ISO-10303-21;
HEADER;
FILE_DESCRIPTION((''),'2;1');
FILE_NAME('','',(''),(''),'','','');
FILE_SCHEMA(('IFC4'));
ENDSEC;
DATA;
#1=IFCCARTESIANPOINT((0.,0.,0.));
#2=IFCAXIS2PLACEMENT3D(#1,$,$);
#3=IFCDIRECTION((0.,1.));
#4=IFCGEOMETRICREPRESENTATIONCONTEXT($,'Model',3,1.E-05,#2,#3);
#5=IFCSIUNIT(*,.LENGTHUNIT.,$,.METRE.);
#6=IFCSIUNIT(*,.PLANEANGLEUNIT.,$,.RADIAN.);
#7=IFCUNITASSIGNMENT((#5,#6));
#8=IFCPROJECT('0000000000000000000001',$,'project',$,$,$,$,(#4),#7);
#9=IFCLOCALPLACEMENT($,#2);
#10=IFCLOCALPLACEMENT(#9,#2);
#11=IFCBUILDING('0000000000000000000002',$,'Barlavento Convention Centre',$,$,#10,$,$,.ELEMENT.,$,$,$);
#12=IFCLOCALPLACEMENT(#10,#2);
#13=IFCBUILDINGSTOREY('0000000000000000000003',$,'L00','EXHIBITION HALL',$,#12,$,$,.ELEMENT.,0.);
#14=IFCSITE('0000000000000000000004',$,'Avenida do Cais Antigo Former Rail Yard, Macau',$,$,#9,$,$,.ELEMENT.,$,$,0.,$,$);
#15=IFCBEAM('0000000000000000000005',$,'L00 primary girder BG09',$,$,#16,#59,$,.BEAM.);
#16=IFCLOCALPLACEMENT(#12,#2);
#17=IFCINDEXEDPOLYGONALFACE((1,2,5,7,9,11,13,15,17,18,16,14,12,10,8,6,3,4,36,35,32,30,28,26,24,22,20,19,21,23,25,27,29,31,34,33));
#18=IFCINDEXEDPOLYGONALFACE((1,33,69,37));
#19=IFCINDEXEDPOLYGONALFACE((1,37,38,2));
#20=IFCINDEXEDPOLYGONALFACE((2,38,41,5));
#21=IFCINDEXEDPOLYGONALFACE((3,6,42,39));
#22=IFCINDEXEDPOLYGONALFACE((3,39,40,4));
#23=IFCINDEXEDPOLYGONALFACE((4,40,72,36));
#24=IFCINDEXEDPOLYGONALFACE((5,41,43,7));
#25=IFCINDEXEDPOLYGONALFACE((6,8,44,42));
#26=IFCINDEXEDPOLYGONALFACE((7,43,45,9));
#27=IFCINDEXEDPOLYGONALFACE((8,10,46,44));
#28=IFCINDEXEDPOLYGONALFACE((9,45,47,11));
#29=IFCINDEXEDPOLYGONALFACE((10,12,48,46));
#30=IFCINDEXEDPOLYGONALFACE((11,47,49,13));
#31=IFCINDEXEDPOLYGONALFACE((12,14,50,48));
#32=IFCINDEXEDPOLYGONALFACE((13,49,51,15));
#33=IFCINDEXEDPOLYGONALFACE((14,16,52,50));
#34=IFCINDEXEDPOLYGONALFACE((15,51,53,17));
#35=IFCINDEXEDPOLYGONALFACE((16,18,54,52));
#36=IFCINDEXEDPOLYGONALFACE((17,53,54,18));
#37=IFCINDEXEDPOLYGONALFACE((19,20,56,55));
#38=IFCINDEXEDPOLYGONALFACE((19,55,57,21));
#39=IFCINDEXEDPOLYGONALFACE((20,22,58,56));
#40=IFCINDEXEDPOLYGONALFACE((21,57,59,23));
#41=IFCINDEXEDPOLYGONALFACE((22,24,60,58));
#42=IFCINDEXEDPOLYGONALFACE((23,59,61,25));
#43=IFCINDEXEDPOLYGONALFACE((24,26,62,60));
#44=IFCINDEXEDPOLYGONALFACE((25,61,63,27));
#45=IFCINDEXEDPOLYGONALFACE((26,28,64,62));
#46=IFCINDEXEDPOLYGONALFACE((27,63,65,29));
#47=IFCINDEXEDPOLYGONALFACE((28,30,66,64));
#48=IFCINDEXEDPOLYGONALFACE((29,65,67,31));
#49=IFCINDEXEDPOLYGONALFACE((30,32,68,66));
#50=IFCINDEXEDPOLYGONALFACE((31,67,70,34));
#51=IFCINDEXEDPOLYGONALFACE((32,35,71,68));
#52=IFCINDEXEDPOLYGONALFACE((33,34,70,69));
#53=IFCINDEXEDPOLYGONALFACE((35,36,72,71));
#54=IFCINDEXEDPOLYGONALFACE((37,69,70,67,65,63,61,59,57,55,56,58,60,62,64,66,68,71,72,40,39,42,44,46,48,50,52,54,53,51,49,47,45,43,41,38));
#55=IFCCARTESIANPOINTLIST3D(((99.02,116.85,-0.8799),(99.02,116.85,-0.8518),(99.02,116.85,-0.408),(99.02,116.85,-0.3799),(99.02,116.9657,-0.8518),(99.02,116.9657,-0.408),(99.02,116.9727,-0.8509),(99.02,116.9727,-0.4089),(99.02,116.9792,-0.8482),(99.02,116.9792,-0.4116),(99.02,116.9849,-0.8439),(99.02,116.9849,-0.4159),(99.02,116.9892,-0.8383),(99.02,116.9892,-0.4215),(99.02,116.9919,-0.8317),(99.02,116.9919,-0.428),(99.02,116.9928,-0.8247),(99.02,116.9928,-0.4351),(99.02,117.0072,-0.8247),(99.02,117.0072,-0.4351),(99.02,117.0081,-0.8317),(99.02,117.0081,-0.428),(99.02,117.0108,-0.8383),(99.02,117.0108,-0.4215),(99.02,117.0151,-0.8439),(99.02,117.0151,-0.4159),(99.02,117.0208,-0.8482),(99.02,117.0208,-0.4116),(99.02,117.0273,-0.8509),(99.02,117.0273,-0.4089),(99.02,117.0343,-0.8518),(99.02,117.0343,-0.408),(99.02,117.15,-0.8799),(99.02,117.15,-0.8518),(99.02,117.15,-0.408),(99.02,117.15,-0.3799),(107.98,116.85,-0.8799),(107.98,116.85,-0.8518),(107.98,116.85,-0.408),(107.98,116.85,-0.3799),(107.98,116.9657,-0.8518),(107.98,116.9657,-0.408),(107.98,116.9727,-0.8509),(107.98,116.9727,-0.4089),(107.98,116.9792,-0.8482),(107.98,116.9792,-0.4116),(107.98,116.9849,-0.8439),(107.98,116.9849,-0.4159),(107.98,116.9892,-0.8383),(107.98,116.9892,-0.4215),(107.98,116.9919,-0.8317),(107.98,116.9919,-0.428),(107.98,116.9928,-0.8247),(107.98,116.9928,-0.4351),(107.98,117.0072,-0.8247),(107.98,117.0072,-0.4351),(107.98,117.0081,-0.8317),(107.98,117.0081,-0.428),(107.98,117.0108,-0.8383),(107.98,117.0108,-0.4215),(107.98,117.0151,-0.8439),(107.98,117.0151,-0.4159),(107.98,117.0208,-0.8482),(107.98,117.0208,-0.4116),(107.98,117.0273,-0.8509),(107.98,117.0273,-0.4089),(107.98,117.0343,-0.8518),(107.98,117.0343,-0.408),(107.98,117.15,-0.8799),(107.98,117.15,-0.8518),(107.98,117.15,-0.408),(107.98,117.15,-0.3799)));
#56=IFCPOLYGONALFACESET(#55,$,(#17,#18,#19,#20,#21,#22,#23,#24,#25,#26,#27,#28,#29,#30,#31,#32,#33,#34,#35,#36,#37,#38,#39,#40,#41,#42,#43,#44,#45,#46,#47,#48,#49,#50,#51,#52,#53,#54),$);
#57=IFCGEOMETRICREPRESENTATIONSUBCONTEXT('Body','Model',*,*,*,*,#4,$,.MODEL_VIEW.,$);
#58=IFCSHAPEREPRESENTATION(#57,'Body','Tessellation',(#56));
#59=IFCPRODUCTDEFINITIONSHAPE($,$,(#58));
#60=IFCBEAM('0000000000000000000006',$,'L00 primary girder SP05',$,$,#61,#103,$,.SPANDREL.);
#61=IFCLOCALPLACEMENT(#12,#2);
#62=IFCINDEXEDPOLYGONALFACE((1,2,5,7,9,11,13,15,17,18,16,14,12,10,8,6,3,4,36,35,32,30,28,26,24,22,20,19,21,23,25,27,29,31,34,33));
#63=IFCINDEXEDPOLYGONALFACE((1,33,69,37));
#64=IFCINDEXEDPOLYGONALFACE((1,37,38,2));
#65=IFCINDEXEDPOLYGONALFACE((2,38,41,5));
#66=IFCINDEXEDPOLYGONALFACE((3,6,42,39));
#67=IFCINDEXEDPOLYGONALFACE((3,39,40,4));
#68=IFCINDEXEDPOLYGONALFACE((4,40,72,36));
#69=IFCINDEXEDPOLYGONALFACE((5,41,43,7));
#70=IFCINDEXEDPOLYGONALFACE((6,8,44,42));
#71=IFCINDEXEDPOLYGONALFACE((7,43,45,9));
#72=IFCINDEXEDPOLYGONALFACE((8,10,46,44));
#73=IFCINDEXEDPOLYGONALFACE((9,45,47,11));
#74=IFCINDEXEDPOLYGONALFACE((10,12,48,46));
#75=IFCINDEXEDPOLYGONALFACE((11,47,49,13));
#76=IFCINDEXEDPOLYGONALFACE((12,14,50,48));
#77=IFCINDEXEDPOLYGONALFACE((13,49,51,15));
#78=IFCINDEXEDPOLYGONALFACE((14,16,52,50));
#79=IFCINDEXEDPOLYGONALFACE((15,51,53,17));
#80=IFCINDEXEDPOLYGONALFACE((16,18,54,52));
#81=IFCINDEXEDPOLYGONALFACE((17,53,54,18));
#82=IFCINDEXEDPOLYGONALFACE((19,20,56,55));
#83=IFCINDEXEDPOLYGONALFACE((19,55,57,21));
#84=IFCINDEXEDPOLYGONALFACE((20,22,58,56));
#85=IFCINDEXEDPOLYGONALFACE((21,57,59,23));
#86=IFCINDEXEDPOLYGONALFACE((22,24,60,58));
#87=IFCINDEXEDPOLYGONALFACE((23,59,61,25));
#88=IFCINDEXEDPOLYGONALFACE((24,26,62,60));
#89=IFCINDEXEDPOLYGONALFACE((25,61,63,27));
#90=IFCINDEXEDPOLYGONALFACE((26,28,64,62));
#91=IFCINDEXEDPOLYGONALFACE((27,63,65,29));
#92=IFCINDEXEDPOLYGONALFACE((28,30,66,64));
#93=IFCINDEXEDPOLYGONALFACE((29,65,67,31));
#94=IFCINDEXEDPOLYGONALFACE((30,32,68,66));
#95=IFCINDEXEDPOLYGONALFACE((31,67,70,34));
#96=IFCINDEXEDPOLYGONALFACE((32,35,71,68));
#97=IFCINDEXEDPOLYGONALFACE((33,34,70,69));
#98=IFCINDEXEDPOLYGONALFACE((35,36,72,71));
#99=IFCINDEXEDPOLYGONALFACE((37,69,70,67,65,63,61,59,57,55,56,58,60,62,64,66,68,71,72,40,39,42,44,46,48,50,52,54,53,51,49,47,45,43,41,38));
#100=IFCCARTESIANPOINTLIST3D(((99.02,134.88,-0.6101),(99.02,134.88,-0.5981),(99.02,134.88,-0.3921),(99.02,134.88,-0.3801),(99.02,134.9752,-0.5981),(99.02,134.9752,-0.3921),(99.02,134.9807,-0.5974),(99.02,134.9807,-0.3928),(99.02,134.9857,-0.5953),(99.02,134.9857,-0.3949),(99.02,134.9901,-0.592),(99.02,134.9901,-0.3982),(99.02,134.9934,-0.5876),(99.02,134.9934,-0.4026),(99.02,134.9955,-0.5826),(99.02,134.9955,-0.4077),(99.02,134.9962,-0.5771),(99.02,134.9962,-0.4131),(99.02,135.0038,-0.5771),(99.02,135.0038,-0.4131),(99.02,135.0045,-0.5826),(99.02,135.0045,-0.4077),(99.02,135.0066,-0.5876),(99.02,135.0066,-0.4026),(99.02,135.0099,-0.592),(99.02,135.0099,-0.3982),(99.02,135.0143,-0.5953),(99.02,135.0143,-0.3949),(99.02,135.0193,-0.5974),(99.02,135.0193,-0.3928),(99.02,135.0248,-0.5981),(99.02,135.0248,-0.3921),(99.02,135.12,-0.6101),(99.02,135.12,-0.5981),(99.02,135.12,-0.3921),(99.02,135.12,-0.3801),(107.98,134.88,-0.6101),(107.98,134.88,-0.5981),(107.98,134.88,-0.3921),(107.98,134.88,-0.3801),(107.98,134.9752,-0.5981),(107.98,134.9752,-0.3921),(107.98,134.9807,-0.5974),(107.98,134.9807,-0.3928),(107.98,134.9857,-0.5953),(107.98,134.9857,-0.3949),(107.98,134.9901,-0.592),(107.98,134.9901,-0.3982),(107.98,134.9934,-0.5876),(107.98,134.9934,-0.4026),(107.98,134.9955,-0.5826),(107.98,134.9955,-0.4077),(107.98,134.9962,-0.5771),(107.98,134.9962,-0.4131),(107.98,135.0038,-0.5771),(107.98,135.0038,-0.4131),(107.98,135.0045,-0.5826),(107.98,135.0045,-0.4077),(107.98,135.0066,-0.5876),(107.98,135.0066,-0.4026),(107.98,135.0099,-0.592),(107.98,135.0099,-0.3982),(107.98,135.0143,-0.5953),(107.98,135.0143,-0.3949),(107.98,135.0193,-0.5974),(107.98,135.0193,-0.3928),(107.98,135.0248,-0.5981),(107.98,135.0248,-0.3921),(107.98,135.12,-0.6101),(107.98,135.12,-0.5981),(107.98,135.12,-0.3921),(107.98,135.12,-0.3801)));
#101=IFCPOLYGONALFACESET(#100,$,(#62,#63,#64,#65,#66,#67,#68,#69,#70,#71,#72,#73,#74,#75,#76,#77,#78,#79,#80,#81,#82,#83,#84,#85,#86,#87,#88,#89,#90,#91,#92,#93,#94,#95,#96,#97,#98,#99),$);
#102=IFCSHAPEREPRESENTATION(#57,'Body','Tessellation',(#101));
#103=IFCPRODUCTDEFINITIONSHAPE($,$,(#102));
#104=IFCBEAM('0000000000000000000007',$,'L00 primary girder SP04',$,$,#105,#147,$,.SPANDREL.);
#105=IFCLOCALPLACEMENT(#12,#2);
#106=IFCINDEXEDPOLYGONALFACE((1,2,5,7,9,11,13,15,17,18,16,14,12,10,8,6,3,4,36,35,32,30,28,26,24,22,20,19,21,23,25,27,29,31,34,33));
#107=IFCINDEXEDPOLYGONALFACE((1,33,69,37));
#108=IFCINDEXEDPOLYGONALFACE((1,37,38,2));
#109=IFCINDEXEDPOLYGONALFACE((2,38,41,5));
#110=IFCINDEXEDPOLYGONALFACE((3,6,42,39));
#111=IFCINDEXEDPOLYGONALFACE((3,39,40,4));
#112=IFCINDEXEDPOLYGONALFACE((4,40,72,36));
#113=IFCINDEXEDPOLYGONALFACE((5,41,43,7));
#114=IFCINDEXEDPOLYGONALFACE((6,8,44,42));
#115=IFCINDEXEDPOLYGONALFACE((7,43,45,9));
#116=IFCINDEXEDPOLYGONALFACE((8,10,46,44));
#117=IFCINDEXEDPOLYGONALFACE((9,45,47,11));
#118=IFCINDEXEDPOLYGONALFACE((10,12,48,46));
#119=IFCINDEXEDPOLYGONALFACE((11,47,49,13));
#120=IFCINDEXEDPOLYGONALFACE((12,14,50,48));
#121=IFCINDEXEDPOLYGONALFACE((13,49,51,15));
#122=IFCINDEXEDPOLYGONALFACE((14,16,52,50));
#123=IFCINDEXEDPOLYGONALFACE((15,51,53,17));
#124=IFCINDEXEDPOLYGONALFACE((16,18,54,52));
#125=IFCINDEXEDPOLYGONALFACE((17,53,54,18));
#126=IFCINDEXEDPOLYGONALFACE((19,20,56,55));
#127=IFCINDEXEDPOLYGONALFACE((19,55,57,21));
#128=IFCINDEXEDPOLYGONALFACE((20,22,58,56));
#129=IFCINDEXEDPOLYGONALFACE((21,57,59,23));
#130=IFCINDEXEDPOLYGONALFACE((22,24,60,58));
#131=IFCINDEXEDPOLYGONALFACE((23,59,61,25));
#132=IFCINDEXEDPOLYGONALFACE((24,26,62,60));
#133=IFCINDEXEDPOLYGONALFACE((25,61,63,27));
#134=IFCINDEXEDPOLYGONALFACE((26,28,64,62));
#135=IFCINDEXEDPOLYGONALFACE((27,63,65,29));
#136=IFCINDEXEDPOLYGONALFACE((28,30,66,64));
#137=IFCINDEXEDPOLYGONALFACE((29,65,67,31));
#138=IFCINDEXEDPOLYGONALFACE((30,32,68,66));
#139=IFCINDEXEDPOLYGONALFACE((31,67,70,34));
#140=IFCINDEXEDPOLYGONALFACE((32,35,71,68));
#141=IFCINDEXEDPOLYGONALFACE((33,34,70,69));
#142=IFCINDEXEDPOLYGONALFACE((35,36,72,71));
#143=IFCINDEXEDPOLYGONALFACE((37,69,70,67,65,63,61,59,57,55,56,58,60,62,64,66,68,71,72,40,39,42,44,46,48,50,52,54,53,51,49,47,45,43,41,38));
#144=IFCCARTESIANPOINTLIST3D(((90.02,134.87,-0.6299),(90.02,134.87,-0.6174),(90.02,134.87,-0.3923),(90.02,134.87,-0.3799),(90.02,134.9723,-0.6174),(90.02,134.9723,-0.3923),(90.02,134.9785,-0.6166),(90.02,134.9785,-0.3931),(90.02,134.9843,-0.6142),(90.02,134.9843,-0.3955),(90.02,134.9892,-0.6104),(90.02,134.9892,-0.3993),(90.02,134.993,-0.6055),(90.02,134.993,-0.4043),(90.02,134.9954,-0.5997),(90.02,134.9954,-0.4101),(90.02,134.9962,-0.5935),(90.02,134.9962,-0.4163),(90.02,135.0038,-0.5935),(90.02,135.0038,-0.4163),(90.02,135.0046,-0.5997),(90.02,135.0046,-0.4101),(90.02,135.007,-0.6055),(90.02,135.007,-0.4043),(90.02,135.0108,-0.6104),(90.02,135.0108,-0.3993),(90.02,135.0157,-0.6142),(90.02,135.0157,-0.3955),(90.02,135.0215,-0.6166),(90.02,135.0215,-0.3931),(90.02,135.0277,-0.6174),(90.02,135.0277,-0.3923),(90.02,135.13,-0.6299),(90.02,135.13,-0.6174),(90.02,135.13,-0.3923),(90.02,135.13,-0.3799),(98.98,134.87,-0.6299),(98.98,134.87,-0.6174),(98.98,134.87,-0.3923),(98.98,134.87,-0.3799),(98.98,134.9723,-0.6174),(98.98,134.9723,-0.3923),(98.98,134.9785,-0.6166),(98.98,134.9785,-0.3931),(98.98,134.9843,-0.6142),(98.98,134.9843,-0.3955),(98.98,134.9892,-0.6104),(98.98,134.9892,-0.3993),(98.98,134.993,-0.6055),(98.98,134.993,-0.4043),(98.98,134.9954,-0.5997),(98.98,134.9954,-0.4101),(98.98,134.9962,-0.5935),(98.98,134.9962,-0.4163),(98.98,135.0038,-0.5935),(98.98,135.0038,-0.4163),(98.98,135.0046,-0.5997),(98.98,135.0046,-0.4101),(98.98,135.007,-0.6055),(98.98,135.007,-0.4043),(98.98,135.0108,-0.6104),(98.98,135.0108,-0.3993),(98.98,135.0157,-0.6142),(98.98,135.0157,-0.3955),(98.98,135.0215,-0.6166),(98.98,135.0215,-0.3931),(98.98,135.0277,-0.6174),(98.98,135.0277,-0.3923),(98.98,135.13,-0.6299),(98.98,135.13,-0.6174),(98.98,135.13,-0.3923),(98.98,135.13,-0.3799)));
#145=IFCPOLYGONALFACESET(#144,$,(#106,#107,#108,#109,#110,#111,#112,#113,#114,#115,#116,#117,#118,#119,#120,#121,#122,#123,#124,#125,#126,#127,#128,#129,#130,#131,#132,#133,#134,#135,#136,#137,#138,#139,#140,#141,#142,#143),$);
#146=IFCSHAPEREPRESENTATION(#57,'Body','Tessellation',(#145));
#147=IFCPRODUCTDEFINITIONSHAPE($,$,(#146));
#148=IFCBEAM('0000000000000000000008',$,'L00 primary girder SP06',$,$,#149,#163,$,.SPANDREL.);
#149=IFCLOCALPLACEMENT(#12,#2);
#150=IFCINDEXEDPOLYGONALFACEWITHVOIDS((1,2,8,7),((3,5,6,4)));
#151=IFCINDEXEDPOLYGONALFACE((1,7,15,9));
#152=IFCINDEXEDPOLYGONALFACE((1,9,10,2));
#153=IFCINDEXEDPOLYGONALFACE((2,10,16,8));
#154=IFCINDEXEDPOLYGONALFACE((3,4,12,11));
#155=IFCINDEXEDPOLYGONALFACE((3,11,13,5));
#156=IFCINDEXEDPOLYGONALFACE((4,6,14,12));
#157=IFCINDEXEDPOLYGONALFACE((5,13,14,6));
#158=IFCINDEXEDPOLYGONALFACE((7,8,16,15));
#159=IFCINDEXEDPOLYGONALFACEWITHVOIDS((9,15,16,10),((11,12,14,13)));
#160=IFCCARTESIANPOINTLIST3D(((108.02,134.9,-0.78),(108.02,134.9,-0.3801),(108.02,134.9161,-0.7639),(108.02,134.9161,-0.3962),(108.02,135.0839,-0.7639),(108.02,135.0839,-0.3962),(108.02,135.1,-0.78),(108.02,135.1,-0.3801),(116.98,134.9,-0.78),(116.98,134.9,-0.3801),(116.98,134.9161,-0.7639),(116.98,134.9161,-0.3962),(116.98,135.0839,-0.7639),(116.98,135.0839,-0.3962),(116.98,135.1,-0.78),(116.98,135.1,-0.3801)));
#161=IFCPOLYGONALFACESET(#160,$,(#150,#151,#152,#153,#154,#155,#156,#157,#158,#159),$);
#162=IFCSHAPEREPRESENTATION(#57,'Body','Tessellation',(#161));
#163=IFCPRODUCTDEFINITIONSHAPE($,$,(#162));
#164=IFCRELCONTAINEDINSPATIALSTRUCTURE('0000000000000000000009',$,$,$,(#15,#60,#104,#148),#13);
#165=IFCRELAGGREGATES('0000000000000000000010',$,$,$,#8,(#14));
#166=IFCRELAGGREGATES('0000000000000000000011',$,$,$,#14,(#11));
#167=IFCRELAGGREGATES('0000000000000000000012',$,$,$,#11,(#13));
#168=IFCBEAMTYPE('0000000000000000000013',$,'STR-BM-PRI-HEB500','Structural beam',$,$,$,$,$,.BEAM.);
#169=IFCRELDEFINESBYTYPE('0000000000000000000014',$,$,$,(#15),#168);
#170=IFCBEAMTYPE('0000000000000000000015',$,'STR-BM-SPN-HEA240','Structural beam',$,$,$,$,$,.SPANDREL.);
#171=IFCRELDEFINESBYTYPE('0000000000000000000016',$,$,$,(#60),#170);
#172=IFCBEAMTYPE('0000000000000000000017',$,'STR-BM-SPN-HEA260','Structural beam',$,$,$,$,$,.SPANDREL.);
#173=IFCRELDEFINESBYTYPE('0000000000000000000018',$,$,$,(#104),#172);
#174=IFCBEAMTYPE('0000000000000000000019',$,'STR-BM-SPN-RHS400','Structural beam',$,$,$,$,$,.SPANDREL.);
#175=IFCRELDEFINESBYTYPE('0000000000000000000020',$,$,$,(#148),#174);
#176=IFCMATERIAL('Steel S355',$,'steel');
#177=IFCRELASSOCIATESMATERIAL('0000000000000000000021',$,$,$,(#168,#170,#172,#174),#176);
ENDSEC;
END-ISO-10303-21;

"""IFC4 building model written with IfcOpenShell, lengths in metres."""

from ifc_helpers import new_model, si_unit, direction, frame, origin, origin_2d, place, context, subcontext, project, spatial, hollow_rectangle, i_section, extrude, material, material_profile, profile_set, type_object, element, save


model = new_model("IFC4")

# Units and contexts
model_context = context("Model", 3, precision=1e-05, world=origin(), true_north=direction((0.0, 1.0)))
body_context = subcontext(model_context, "Body", "Model", "MODEL_VIEW")
ifc_project = project(units=[si_unit("LENGTHUNIT", "METRE"), si_unit("PLANEANGLEUNIT", "RADIAN")], contexts=[model_context])

# Site, building, storey
site_placement = place(None, origin())
site = spatial("IfcSite", under=ifc_project, at=site_placement, Name="Avenida do Cais Antigo Former Rail Yard, Macau", CompositionType="ELEMENT", RefElevation=0.0)
building_placement = place(site_placement, origin())
building = spatial("IfcBuilding", under=site, at=building_placement, Name="Barlavento Convention Centre", CompositionType="ELEMENT")
storey_placement = place(building_placement, origin())
storey = spatial("IfcBuildingStorey", under=building, at=storey_placement, Name="L00", Description="EXHIBITION HALL", CompositionType="ELEMENT", Elevation=0.0)

# Beams
ifc_material_1 = material(Name="Steel S355", Category="steel")
ifc_material_profile_1 = material_profile(ifc_material_1, i_section(OverallWidth=0.3, OverallDepth=0.5, WebThickness=0.0144, FlangeThickness=0.0281, FilletRadius=0.0271, at=origin_2d()), Name="HEB 500")
ifc_profile_set_1 = profile_set([ifc_material_profile_1], Name="Steel S355")
beam_type_1 = type_object("IfcBeamType", Name="STR-BM-PRI-HEB500", Description="Structural beam", PredefinedType="BEAM", material=ifc_profile_set_1)
beam_1_placement = place(storey_placement, frame((99.02, 117.0, -0.6299), z_axis=(1.0, 0.0, 0.0), x_axis=(0.0, 1.0, 0.0)))
element("IfcBeam", 1, at=beam_1_placement, inside=storey, type_object=beam_type_1, Name="L00 primary girder BG09", PredefinedType="BEAM", context=body_context, shape_type="SweptSolid", body=[
    extrude(i_section(OverallWidth=0.3, OverallDepth=0.5, WebThickness=0.0144, FlangeThickness=0.0281, FilletRadius=0.0271, at=origin_2d()), origin(), (0.0, 0.0, 1.0), 8.96),
])
ifc_material_profile_2 = material_profile(ifc_material_1, i_section(OverallWidth=0.24, OverallDepth=0.23, WebThickness=0.0076, FlangeThickness=0.012, FilletRadius=0.021, at=origin_2d()), Name="HEA 240")
ifc_profile_set_2 = profile_set([ifc_material_profile_2], Name="Steel S355")
beam_type_2 = type_object("IfcBeamType", Name="STR-BM-SPN-HEA240", Description="Structural beam", PredefinedType="SPANDREL", material=ifc_profile_set_2)
beam_2_placement = place(storey_placement, frame((99.02, 135.0, -0.4951), z_axis=(1.0, 0.0, 0.0), x_axis=(0.0, 1.0, 0.0)))
element("IfcBeam", 2, at=beam_2_placement, inside=storey, type_object=beam_type_2, Name="L00 primary girder SP05", PredefinedType="SPANDREL", context=body_context, shape_type="SweptSolid", body=[
    extrude(i_section(OverallWidth=0.24, OverallDepth=0.23, WebThickness=0.0076, FlangeThickness=0.012, FilletRadius=0.021, at=origin_2d()), origin(), (0.0, 0.0, 1.0), 8.96),
])
ifc_material_profile_3 = material_profile(ifc_material_1, i_section(OverallWidth=0.26, OverallDepth=0.25, WebThickness=0.0076, FlangeThickness=0.0125, FilletRadius=0.0239, at=origin_2d()), Name="HEA 260")
ifc_profile_set_3 = profile_set([ifc_material_profile_3], Name="Steel S355")
beam_type_3 = type_object("IfcBeamType", Name="STR-BM-SPN-HEA260", Description="Structural beam", PredefinedType="SPANDREL", material=ifc_profile_set_3)
beam_3_placement = place(storey_placement, frame((90.02, 135.0, -0.5049), z_axis=(1.0, 0.0, 0.0), x_axis=(0.0, 1.0, 0.0)))
element("IfcBeam", 3, at=beam_3_placement, inside=storey, type_object=beam_type_3, Name="L00 primary girder SP04", PredefinedType="SPANDREL", context=body_context, shape_type="SweptSolid", body=[
    extrude(i_section(OverallWidth=0.26, OverallDepth=0.25, WebThickness=0.0076, FlangeThickness=0.0125, FilletRadius=0.0239, at=origin_2d()), origin(), (0.0, 0.0, 1.0), 8.96),
])
ifc_material_profile_4 = material_profile(ifc_material_1, hollow_rectangle(XDim=0.2, YDim=0.3999, WallThickness=0.0161, at=origin_2d()), Name="RHS 400x200x16.0")
ifc_profile_set_4 = profile_set([ifc_material_profile_4], Name="Steel S355")
beam_type_4 = type_object("IfcBeamType", Name="STR-BM-SPN-RHS400", Description="Structural beam", PredefinedType="SPANDREL", material=ifc_profile_set_4)
beam_4_placement = place(storey_placement, frame((108.02, 135.0, -0.5801), z_axis=(1.0, 0.0, 0.0), x_axis=(0.0, 1.0, 0.0)))
element("IfcBeam", 4, at=beam_4_placement, inside=storey, type_object=beam_type_4, Name="L00 primary girder SP06", PredefinedType="SPANDREL", context=body_context, shape_type="SweptSolid", body=[
    extrude(hollow_rectangle(XDim=0.2, YDim=0.3999, WallThickness=0.0161, at=origin_2d()), origin(), (0.0, 0.0, 1.0), 8.96),
])

save(model, "model.ifc")
